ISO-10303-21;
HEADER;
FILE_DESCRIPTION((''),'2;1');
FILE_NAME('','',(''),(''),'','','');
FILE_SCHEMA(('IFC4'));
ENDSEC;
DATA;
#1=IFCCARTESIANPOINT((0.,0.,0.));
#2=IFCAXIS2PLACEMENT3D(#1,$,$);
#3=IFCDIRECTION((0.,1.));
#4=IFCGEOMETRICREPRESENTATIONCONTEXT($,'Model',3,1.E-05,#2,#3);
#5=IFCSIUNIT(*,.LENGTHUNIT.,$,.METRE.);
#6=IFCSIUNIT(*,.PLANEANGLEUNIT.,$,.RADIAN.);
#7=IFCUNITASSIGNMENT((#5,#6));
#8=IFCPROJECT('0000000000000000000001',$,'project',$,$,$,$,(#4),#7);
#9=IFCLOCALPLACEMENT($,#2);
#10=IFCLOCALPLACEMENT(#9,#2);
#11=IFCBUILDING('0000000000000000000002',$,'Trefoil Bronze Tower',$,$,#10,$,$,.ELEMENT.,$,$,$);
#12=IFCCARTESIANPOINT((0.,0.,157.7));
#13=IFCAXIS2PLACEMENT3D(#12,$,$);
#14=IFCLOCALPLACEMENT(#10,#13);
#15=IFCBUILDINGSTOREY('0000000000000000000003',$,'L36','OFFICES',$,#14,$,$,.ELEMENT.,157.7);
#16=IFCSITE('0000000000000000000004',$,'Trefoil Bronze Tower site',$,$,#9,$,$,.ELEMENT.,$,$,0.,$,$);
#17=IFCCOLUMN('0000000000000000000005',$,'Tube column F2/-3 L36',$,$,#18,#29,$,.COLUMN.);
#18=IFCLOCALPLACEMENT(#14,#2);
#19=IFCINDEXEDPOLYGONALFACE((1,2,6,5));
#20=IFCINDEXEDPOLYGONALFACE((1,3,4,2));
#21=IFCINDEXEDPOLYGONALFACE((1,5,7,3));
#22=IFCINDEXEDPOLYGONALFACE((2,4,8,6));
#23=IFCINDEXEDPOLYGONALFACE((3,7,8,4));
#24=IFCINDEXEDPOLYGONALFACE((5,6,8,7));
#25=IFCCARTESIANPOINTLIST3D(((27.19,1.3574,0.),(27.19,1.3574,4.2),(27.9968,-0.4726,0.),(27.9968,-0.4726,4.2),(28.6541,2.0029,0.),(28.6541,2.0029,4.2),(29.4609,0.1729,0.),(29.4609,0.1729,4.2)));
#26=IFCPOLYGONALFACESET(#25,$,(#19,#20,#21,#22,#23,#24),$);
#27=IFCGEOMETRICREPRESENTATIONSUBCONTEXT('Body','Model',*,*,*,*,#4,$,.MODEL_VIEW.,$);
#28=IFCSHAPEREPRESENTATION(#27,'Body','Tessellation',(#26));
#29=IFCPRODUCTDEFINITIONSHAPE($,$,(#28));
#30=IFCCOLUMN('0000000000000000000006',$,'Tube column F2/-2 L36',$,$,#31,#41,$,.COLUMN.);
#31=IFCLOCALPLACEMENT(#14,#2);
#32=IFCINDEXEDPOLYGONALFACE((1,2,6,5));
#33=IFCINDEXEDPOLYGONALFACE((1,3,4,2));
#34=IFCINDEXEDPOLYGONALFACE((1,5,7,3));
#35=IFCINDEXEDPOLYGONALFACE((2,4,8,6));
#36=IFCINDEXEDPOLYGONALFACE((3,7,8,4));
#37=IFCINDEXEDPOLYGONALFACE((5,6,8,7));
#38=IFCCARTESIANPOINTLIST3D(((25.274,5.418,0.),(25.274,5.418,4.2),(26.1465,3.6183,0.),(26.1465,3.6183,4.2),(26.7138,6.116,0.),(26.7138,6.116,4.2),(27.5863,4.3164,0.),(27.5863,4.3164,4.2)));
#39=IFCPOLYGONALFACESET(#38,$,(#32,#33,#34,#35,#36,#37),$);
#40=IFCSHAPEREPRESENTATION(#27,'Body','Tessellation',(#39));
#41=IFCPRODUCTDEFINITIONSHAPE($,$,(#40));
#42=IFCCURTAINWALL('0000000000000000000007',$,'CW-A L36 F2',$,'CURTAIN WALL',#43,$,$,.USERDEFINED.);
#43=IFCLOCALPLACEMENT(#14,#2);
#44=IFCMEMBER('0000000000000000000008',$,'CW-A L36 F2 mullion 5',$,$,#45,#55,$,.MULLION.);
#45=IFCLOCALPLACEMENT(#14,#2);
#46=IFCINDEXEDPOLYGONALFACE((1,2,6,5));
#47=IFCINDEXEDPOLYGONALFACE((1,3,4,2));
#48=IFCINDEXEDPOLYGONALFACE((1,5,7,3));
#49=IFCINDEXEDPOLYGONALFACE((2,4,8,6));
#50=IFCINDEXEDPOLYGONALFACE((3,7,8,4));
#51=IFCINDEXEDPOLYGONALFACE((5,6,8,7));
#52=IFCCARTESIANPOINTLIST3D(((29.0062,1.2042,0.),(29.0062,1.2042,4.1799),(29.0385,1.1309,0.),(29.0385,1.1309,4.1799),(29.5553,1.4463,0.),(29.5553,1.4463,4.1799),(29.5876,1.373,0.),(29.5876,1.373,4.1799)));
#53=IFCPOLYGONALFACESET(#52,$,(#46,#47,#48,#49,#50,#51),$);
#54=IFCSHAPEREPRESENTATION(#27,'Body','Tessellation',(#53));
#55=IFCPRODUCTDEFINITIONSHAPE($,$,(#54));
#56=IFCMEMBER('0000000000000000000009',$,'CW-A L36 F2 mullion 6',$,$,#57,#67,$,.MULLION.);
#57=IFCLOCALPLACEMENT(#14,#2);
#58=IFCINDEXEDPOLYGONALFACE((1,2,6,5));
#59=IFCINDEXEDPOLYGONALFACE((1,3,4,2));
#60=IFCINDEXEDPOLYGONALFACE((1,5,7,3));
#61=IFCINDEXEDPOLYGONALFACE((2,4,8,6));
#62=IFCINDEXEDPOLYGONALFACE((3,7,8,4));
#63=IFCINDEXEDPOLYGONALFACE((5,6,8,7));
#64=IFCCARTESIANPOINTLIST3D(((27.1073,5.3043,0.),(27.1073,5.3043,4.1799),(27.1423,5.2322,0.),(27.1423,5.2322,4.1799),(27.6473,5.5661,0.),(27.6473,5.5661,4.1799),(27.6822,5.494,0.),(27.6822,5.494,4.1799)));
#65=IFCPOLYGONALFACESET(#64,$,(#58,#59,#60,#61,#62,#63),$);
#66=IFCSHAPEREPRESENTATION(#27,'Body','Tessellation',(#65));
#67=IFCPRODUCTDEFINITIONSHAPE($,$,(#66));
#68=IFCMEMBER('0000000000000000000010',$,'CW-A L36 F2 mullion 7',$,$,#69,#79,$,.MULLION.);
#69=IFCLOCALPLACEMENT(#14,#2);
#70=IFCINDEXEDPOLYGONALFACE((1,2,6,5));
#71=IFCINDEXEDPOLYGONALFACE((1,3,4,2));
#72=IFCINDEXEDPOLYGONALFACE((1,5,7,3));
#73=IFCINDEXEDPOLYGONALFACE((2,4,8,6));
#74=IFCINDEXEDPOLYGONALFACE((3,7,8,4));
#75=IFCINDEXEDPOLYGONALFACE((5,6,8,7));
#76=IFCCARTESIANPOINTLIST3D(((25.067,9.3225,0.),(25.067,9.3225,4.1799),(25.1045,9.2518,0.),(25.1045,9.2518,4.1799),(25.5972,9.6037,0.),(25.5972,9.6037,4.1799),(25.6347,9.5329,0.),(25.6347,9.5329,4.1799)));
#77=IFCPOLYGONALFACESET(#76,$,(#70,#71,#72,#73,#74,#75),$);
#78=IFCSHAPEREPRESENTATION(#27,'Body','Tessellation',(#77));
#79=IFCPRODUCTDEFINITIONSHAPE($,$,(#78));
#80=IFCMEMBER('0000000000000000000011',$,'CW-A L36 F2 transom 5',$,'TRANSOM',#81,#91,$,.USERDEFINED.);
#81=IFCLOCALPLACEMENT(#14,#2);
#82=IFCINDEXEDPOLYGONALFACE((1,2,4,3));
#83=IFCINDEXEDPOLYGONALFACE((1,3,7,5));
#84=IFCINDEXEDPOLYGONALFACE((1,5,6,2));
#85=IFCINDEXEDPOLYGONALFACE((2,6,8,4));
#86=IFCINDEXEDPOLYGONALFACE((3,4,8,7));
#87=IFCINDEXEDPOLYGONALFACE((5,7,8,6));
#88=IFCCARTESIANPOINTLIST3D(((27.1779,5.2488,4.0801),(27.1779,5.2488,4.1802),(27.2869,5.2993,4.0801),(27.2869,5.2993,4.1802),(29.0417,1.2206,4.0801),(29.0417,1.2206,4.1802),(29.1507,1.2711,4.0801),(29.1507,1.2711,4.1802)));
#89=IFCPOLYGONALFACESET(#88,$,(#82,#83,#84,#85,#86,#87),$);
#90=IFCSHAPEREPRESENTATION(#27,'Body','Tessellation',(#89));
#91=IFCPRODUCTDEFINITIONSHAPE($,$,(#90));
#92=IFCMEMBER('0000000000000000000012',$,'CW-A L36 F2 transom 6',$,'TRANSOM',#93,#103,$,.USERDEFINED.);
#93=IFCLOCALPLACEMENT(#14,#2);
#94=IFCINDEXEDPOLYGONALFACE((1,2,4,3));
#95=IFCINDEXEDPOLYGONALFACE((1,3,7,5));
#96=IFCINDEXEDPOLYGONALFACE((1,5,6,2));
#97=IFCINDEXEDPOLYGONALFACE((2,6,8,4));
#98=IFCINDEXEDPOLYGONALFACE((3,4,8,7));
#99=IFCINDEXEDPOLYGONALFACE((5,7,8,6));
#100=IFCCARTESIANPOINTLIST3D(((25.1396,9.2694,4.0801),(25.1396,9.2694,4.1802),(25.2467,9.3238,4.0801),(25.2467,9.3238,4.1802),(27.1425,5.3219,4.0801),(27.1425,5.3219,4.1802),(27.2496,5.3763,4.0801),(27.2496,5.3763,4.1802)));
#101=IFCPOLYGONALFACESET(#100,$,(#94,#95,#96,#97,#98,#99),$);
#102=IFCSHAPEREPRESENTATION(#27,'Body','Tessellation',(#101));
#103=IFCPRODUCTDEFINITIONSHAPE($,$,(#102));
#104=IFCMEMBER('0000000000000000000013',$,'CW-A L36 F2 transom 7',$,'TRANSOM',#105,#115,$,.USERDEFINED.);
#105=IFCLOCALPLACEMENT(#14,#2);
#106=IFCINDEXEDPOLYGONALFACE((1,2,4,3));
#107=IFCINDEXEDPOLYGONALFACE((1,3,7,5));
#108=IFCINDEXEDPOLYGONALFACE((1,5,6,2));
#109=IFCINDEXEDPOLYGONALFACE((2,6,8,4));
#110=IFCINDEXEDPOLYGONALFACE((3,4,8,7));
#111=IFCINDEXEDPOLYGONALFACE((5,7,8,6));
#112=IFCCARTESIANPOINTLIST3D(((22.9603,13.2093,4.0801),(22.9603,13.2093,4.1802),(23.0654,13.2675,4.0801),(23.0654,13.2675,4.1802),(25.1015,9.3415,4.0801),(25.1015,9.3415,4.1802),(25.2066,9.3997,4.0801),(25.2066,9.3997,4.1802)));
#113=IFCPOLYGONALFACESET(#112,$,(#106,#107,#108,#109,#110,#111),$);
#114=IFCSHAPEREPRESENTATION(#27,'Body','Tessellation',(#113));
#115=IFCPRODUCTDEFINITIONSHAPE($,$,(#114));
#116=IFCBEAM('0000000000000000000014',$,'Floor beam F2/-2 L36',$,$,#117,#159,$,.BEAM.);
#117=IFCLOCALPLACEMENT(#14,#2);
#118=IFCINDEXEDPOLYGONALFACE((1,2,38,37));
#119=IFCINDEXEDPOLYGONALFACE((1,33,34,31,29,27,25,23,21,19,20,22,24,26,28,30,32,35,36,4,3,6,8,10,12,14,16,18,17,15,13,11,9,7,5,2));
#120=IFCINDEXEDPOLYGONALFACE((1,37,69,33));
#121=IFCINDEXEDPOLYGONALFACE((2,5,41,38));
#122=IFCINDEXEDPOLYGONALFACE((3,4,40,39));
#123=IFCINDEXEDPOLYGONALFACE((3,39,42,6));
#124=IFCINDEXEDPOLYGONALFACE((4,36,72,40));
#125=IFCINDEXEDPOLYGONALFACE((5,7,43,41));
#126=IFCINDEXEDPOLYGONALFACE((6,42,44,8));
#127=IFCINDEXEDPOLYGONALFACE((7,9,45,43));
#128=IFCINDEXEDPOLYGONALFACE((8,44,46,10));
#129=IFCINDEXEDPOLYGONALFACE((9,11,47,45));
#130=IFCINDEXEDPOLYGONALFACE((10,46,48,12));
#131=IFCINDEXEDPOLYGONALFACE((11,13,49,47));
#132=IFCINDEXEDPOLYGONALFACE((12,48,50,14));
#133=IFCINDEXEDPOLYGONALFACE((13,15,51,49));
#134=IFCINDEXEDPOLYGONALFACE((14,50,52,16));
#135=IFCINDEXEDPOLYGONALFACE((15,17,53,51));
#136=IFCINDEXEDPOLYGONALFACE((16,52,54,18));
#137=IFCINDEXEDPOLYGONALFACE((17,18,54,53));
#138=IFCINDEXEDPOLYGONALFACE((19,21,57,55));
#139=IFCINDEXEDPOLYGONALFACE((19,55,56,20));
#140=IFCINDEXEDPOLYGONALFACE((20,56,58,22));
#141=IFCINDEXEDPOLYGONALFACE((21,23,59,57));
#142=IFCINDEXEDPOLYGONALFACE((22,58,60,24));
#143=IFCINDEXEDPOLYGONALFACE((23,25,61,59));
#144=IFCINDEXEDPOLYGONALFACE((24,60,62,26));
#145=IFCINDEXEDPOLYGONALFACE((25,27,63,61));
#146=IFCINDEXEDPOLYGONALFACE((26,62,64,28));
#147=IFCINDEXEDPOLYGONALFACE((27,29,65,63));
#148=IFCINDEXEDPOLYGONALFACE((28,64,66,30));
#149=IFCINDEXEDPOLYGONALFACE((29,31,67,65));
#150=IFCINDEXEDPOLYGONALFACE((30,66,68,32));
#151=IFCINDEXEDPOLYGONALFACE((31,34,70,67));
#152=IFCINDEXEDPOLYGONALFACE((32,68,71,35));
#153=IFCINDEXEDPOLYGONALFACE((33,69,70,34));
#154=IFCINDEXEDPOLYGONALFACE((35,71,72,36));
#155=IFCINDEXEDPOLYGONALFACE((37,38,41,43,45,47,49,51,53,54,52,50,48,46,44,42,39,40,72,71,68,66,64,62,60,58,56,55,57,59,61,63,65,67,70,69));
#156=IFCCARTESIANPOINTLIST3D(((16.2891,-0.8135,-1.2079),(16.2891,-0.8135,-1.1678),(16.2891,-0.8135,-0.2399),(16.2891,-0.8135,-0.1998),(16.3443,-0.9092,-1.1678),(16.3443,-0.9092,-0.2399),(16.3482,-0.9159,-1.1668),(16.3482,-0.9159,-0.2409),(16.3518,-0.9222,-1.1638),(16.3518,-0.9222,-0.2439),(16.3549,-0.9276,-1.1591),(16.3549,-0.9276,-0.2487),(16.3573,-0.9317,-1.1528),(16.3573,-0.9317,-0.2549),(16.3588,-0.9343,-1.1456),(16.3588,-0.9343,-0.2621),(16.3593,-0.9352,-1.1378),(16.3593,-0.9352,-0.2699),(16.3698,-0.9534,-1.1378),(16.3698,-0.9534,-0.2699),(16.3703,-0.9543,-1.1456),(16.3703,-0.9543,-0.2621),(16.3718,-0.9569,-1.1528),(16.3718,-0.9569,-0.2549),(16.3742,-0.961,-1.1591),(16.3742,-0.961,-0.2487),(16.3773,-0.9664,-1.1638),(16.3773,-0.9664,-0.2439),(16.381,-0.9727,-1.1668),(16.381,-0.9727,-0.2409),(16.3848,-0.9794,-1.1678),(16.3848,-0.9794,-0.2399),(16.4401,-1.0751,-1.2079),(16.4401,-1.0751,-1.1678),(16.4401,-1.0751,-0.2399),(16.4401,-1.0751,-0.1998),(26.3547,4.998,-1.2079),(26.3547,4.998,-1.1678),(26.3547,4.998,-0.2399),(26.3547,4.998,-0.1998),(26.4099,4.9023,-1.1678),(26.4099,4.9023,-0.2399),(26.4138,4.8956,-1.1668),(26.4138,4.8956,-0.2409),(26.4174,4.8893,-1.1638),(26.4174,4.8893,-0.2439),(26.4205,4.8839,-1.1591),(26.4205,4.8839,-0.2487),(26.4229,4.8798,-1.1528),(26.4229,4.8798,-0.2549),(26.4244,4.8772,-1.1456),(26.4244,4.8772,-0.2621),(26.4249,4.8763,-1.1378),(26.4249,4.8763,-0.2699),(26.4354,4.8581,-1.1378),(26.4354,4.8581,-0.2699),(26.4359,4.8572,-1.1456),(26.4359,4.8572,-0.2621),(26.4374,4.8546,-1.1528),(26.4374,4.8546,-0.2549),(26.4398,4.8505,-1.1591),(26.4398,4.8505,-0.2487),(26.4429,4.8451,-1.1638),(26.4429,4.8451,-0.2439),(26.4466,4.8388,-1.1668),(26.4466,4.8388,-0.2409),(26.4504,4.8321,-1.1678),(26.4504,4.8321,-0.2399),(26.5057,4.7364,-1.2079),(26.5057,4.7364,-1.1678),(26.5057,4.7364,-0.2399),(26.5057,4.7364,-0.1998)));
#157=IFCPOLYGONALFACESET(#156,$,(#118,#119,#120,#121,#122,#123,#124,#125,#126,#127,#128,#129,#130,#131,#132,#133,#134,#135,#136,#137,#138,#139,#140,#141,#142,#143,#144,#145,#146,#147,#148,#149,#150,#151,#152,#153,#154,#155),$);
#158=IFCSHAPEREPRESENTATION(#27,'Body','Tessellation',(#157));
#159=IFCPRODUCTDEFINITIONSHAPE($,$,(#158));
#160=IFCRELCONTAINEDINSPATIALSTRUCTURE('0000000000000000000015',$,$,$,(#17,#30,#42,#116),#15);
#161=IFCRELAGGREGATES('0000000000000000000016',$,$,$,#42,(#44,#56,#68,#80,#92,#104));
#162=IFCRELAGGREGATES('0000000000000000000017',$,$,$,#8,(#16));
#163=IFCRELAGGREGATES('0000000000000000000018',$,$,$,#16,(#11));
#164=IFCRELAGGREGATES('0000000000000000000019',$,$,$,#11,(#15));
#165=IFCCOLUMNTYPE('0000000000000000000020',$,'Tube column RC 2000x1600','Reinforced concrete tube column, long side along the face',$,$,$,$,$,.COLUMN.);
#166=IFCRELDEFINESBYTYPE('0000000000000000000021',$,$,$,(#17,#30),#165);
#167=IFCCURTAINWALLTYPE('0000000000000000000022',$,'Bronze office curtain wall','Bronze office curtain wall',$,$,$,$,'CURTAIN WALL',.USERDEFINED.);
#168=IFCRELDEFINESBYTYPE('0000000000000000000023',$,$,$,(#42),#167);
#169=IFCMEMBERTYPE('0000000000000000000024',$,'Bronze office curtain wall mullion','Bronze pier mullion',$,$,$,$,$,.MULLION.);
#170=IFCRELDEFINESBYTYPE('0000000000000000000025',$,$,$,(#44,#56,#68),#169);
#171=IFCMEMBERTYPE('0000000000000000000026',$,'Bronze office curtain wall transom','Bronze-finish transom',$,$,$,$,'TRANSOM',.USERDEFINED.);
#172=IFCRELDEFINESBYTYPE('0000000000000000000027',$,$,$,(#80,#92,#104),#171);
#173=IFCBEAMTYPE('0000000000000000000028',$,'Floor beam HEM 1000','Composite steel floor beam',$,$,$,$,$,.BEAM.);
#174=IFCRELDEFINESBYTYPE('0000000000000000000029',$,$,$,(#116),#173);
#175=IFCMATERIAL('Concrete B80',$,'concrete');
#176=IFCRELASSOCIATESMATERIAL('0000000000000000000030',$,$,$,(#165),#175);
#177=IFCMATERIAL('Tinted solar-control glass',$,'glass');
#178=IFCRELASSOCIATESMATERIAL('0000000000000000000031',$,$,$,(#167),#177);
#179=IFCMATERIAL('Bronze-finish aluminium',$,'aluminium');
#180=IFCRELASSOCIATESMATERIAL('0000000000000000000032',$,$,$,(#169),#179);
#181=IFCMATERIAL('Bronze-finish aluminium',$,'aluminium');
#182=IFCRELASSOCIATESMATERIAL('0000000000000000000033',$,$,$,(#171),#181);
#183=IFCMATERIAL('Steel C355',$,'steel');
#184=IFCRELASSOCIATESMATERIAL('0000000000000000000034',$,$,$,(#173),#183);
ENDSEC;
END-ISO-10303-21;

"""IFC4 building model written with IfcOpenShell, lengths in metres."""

from ifc_helpers import new_model, si_unit, direction, frame, origin, origin_2d, place, context, subcontext, project, spatial, rectangle, i_section, extrude, material, material_profile, profile_set, type_object, element, aggregate, save


model = new_model("IFC4")

# Units and contexts
model_context = context("Model", 3, precision=1e-05, world=origin(), true_north=direction((0.0, 1.0)))
body_context = subcontext(model_context, "Body", "Model", "MODEL_VIEW")
ifc_project = project(units=[si_unit("LENGTHUNIT", "METRE"), si_unit("PLANEANGLEUNIT", "RADIAN")], contexts=[model_context])

# Site, building, storey
site_placement = place(None, origin())
site = spatial("IfcSite", under=ifc_project, at=site_placement, Name="Trefoil Bronze Tower site", CompositionType="ELEMENT", RefElevation=0.0)
building_placement = place(site_placement, origin())
building = spatial("IfcBuilding", under=site, at=building_placement, Name="Trefoil Bronze Tower", CompositionType="ELEMENT")
storey_placement = place(building_placement, frame((0.0, 0.0, 157.7)))
storey = spatial("IfcBuildingStorey", under=building, at=storey_placement, Name="L36", Description="OFFICES", CompositionType="ELEMENT", Elevation=157.7)

# Columns
ifc_material_1 = material(Name="Concrete B80", Category="concrete")
ifc_material_profile_1 = material_profile(ifc_material_1, rectangle(XDim=2.0, YDim=1.6001, at=origin_2d()), Name="RC 2000x1600")
ifc_profile_set_1 = profile_set([ifc_material_profile_1], Name="Concrete B80")
column_type = type_object("IfcColumnType", Name="Tube column RC 2000x1600", Description="Reinforced concrete tube column, long side along the face", PredefinedType="COLUMN", material=ifc_profile_set_1)
for number, where, z_axis, x_axis, name in (
    (1, (28.3254, 0.7651, 0.0), (0.0, 0.0, 1.0), (-0.403412, 0.915018, 0.0), "Tube column F2/-3 L36"),
    (2, (26.4302, 4.8672, 0.0), (0.0, 0.0, 1.0), (-0.436262, 0.89982, 0.0), "Tube column F2/-2 L36"),
):
    element("IfcColumn", number, at=place(storey_placement, frame(where, z_axis=z_axis, x_axis=x_axis)), inside=storey, type_object=column_type, Name=name, PredefinedType="COLUMN", context=body_context, shape_type="SweptSolid", body=[
        extrude(rectangle(XDim=2.0, YDim=1.6001, at=origin_2d()), origin(), (0.0, 0.0, 1.0), 4.2),
    ])

# Curtain wall, members
ifc_material_2 = material(Name="Tinted solar-control glass", Category="glass")
curtain_wall_type = type_object("IfcCurtainWallType", Name="Bronze office curtain wall", Description="Bronze office curtain wall", ElementType="CURTAIN WALL", PredefinedType="USERDEFINED", material=ifc_material_2)
curtain_wall_placement = place(storey_placement, origin())
curtain_wall = element("IfcCurtainWall", 3, at=curtain_wall_placement, inside=storey, type_object=curtain_wall_type, Name="CW-A L36 F2", ObjectType="CURTAIN WALL", PredefinedType="USERDEFINED")
ifc_material_3 = material(Name="Bronze-finish aluminium", Category="aluminium")
ifc_material_profile_2 = material_profile(ifc_material_3, rectangle(XDim=0.6001, YDim=0.0801, at=origin_2d()), Name="CW-A mullion")
ifc_profile_set_2 = profile_set([ifc_material_profile_2], Name="Bronze-finish aluminium")
member_type_1 = type_object("IfcMemberType", Name="Bronze office curtain wall mullion", Description="Bronze pier mullion", PredefinedType="MULLION", material=ifc_profile_set_2)
member_1_placement = place(storey_placement, frame((29.2969, 1.2886, 0.0), z_axis=(0.0, 0.0, 1.0), x_axis=(-0.915018, -0.403412, 0.0)))
member_1 = element("IfcMember", 4, at=member_1_placement, type_object=member_type_1, Name="CW-A L36 F2 mullion 5", PredefinedType="MULLION", context=body_context, shape_type="SweptSolid", body=[
    extrude(rectangle(XDim=0.6001, YDim=0.0801, at=origin_2d()), origin(), (0.0, 0.0, 1.0), 4.1799),
])
member_2_placement = place(storey_placement, frame((27.3948, 5.3992, 0.0), z_axis=(0.0, 0.0, 1.0), x_axis=(-0.89982, -0.436262, 0.0)))
member_2 = element("IfcMember", 5, at=member_2_placement, type_object=member_type_1, Name="CW-A L36 F2 mullion 6", PredefinedType="MULLION", context=body_context, shape_type="SweptSolid", body=[
    extrude(rectangle(XDim=0.6001, YDim=0.0801, at=origin_2d()), origin(), (0.0, 0.0, 1.0), 4.1799),
])
member_3_placement = place(storey_placement, frame((25.3508, 9.4277, 0.0), z_axis=(0.0, 0.0, 1.0), x_axis=(-0.883486, -0.468457, 0.0)))
member_3 = element("IfcMember", 6, at=member_3_placement, type_object=member_type_1, Name="CW-A L36 F2 mullion 7", PredefinedType="MULLION", context=body_context, shape_type="SweptSolid", body=[
    extrude(rectangle(XDim=0.6001, YDim=0.0801, at=origin_2d()), origin(), (0.0, 0.0, 1.0), 4.1799),
])
ifc_material_4 = material(Name="Bronze-finish aluminium", Category="aluminium")
ifc_material_profile_3 = material_profile(ifc_material_4, rectangle(XDim=0.1201, YDim=0.1001, at=origin_2d()), Name="CW-A transom")
ifc_profile_set_3 = profile_set([ifc_material_profile_3], Name="Bronze-finish aluminium")
member_type_2 = type_object("IfcMemberType", Name="Bronze office curtain wall transom", Description="Bronze-finish transom", ElementType="TRANSOM", PredefinedType="USERDEFINED", material=ifc_profile_set_3)
member_4_placement = place(storey_placement, frame((29.0962, 1.2458, 4.1301), z_axis=(-0.419923, 0.90756, 0.0), x_axis=(-0.90756, -0.419923, 0.0)))
member_4 = element("IfcMember", 7, at=member_4_placement, type_object=member_type_2, Name="CW-A L36 F2 transom 5", ObjectType="TRANSOM", PredefinedType="USERDEFINED", context=body_context, shape_type="SweptSolid", body=[
    extrude(rectangle(XDim=0.1201, YDim=0.1001, at=origin_2d()), origin(), (0.0, 0.0, 1.0), 4.4385),
])
member_5_placement = place(storey_placement, frame((27.196, 5.3491, 4.1301), z_axis=(-0.452478, 0.891775, 0.0), x_axis=(-0.891775, -0.452478, 0.0)))
member_5 = element("IfcMember", 8, at=member_5_placement, type_object=member_type_2, Name="CW-A L36 F2 transom 6", ObjectType="TRANSOM", PredefinedType="USERDEFINED", context=body_context, shape_type="SweptSolid", body=[
    extrude(rectangle(XDim=0.1201, YDim=0.1001, at=origin_2d()), origin(), (0.0, 0.0, 1.0), 4.4265),
])
member_6_placement = place(storey_placement, frame((25.1541, 9.3706, 4.1301), z_axis=(-0.484329, 0.874886, 0.0), x_axis=(-0.874886, -0.484329, 0.0)))
member_6 = element("IfcMember", 9, at=member_6_placement, type_object=member_type_2, Name="CW-A L36 F2 transom 7", ObjectType="TRANSOM", PredefinedType="USERDEFINED", context=body_context, shape_type="SweptSolid", body=[
    extrude(rectangle(XDim=0.1201, YDim=0.1001, at=origin_2d()), origin(), (0.0, 0.0, 1.0), 4.4209),
])

# Beam
ifc_material_5 = material(Name="Steel C355", Category="steel")
ifc_material_profile_4 = material_profile(ifc_material_5, i_section(OverallWidth=0.302, OverallDepth=1.0081, WebThickness=0.021, FlangeThickness=0.04, FilletRadius=0.03, at=origin_2d()), Name="HEM 1000")
ifc_profile_set_4 = profile_set([ifc_material_profile_4], Name="Steel C355")
beam_type_1 = type_object("IfcBeamType", Name="Floor beam HEM 1000", Description="Composite steel floor beam", PredefinedType="BEAM", material=ifc_profile_set_4)
beam_1_placement = place(storey_placement, frame((26.4302, 4.8672, -0.7039), z_axis=(-0.866022, -0.500007, 0.0), x_axis=(0.500007, -0.866022, 0.0)))
element("IfcBeam", 10, at=beam_1_placement, inside=storey, type_object=beam_type_1, Name="Floor beam F2/-2 L36", PredefinedType="BEAM", context=body_context, shape_type="SweptSolid", body=[
    extrude(i_section(OverallWidth=0.302, OverallDepth=1.0081, WebThickness=0.021, FlangeThickness=0.04, FilletRadius=0.03, at=origin_2d()), origin(), (0.0, 0.0, 1.0), 11.6228),
])

aggregate(curtain_wall, [member_1, member_2, member_3, member_4, member_5, member_6])

save(model, "model.ifc")
